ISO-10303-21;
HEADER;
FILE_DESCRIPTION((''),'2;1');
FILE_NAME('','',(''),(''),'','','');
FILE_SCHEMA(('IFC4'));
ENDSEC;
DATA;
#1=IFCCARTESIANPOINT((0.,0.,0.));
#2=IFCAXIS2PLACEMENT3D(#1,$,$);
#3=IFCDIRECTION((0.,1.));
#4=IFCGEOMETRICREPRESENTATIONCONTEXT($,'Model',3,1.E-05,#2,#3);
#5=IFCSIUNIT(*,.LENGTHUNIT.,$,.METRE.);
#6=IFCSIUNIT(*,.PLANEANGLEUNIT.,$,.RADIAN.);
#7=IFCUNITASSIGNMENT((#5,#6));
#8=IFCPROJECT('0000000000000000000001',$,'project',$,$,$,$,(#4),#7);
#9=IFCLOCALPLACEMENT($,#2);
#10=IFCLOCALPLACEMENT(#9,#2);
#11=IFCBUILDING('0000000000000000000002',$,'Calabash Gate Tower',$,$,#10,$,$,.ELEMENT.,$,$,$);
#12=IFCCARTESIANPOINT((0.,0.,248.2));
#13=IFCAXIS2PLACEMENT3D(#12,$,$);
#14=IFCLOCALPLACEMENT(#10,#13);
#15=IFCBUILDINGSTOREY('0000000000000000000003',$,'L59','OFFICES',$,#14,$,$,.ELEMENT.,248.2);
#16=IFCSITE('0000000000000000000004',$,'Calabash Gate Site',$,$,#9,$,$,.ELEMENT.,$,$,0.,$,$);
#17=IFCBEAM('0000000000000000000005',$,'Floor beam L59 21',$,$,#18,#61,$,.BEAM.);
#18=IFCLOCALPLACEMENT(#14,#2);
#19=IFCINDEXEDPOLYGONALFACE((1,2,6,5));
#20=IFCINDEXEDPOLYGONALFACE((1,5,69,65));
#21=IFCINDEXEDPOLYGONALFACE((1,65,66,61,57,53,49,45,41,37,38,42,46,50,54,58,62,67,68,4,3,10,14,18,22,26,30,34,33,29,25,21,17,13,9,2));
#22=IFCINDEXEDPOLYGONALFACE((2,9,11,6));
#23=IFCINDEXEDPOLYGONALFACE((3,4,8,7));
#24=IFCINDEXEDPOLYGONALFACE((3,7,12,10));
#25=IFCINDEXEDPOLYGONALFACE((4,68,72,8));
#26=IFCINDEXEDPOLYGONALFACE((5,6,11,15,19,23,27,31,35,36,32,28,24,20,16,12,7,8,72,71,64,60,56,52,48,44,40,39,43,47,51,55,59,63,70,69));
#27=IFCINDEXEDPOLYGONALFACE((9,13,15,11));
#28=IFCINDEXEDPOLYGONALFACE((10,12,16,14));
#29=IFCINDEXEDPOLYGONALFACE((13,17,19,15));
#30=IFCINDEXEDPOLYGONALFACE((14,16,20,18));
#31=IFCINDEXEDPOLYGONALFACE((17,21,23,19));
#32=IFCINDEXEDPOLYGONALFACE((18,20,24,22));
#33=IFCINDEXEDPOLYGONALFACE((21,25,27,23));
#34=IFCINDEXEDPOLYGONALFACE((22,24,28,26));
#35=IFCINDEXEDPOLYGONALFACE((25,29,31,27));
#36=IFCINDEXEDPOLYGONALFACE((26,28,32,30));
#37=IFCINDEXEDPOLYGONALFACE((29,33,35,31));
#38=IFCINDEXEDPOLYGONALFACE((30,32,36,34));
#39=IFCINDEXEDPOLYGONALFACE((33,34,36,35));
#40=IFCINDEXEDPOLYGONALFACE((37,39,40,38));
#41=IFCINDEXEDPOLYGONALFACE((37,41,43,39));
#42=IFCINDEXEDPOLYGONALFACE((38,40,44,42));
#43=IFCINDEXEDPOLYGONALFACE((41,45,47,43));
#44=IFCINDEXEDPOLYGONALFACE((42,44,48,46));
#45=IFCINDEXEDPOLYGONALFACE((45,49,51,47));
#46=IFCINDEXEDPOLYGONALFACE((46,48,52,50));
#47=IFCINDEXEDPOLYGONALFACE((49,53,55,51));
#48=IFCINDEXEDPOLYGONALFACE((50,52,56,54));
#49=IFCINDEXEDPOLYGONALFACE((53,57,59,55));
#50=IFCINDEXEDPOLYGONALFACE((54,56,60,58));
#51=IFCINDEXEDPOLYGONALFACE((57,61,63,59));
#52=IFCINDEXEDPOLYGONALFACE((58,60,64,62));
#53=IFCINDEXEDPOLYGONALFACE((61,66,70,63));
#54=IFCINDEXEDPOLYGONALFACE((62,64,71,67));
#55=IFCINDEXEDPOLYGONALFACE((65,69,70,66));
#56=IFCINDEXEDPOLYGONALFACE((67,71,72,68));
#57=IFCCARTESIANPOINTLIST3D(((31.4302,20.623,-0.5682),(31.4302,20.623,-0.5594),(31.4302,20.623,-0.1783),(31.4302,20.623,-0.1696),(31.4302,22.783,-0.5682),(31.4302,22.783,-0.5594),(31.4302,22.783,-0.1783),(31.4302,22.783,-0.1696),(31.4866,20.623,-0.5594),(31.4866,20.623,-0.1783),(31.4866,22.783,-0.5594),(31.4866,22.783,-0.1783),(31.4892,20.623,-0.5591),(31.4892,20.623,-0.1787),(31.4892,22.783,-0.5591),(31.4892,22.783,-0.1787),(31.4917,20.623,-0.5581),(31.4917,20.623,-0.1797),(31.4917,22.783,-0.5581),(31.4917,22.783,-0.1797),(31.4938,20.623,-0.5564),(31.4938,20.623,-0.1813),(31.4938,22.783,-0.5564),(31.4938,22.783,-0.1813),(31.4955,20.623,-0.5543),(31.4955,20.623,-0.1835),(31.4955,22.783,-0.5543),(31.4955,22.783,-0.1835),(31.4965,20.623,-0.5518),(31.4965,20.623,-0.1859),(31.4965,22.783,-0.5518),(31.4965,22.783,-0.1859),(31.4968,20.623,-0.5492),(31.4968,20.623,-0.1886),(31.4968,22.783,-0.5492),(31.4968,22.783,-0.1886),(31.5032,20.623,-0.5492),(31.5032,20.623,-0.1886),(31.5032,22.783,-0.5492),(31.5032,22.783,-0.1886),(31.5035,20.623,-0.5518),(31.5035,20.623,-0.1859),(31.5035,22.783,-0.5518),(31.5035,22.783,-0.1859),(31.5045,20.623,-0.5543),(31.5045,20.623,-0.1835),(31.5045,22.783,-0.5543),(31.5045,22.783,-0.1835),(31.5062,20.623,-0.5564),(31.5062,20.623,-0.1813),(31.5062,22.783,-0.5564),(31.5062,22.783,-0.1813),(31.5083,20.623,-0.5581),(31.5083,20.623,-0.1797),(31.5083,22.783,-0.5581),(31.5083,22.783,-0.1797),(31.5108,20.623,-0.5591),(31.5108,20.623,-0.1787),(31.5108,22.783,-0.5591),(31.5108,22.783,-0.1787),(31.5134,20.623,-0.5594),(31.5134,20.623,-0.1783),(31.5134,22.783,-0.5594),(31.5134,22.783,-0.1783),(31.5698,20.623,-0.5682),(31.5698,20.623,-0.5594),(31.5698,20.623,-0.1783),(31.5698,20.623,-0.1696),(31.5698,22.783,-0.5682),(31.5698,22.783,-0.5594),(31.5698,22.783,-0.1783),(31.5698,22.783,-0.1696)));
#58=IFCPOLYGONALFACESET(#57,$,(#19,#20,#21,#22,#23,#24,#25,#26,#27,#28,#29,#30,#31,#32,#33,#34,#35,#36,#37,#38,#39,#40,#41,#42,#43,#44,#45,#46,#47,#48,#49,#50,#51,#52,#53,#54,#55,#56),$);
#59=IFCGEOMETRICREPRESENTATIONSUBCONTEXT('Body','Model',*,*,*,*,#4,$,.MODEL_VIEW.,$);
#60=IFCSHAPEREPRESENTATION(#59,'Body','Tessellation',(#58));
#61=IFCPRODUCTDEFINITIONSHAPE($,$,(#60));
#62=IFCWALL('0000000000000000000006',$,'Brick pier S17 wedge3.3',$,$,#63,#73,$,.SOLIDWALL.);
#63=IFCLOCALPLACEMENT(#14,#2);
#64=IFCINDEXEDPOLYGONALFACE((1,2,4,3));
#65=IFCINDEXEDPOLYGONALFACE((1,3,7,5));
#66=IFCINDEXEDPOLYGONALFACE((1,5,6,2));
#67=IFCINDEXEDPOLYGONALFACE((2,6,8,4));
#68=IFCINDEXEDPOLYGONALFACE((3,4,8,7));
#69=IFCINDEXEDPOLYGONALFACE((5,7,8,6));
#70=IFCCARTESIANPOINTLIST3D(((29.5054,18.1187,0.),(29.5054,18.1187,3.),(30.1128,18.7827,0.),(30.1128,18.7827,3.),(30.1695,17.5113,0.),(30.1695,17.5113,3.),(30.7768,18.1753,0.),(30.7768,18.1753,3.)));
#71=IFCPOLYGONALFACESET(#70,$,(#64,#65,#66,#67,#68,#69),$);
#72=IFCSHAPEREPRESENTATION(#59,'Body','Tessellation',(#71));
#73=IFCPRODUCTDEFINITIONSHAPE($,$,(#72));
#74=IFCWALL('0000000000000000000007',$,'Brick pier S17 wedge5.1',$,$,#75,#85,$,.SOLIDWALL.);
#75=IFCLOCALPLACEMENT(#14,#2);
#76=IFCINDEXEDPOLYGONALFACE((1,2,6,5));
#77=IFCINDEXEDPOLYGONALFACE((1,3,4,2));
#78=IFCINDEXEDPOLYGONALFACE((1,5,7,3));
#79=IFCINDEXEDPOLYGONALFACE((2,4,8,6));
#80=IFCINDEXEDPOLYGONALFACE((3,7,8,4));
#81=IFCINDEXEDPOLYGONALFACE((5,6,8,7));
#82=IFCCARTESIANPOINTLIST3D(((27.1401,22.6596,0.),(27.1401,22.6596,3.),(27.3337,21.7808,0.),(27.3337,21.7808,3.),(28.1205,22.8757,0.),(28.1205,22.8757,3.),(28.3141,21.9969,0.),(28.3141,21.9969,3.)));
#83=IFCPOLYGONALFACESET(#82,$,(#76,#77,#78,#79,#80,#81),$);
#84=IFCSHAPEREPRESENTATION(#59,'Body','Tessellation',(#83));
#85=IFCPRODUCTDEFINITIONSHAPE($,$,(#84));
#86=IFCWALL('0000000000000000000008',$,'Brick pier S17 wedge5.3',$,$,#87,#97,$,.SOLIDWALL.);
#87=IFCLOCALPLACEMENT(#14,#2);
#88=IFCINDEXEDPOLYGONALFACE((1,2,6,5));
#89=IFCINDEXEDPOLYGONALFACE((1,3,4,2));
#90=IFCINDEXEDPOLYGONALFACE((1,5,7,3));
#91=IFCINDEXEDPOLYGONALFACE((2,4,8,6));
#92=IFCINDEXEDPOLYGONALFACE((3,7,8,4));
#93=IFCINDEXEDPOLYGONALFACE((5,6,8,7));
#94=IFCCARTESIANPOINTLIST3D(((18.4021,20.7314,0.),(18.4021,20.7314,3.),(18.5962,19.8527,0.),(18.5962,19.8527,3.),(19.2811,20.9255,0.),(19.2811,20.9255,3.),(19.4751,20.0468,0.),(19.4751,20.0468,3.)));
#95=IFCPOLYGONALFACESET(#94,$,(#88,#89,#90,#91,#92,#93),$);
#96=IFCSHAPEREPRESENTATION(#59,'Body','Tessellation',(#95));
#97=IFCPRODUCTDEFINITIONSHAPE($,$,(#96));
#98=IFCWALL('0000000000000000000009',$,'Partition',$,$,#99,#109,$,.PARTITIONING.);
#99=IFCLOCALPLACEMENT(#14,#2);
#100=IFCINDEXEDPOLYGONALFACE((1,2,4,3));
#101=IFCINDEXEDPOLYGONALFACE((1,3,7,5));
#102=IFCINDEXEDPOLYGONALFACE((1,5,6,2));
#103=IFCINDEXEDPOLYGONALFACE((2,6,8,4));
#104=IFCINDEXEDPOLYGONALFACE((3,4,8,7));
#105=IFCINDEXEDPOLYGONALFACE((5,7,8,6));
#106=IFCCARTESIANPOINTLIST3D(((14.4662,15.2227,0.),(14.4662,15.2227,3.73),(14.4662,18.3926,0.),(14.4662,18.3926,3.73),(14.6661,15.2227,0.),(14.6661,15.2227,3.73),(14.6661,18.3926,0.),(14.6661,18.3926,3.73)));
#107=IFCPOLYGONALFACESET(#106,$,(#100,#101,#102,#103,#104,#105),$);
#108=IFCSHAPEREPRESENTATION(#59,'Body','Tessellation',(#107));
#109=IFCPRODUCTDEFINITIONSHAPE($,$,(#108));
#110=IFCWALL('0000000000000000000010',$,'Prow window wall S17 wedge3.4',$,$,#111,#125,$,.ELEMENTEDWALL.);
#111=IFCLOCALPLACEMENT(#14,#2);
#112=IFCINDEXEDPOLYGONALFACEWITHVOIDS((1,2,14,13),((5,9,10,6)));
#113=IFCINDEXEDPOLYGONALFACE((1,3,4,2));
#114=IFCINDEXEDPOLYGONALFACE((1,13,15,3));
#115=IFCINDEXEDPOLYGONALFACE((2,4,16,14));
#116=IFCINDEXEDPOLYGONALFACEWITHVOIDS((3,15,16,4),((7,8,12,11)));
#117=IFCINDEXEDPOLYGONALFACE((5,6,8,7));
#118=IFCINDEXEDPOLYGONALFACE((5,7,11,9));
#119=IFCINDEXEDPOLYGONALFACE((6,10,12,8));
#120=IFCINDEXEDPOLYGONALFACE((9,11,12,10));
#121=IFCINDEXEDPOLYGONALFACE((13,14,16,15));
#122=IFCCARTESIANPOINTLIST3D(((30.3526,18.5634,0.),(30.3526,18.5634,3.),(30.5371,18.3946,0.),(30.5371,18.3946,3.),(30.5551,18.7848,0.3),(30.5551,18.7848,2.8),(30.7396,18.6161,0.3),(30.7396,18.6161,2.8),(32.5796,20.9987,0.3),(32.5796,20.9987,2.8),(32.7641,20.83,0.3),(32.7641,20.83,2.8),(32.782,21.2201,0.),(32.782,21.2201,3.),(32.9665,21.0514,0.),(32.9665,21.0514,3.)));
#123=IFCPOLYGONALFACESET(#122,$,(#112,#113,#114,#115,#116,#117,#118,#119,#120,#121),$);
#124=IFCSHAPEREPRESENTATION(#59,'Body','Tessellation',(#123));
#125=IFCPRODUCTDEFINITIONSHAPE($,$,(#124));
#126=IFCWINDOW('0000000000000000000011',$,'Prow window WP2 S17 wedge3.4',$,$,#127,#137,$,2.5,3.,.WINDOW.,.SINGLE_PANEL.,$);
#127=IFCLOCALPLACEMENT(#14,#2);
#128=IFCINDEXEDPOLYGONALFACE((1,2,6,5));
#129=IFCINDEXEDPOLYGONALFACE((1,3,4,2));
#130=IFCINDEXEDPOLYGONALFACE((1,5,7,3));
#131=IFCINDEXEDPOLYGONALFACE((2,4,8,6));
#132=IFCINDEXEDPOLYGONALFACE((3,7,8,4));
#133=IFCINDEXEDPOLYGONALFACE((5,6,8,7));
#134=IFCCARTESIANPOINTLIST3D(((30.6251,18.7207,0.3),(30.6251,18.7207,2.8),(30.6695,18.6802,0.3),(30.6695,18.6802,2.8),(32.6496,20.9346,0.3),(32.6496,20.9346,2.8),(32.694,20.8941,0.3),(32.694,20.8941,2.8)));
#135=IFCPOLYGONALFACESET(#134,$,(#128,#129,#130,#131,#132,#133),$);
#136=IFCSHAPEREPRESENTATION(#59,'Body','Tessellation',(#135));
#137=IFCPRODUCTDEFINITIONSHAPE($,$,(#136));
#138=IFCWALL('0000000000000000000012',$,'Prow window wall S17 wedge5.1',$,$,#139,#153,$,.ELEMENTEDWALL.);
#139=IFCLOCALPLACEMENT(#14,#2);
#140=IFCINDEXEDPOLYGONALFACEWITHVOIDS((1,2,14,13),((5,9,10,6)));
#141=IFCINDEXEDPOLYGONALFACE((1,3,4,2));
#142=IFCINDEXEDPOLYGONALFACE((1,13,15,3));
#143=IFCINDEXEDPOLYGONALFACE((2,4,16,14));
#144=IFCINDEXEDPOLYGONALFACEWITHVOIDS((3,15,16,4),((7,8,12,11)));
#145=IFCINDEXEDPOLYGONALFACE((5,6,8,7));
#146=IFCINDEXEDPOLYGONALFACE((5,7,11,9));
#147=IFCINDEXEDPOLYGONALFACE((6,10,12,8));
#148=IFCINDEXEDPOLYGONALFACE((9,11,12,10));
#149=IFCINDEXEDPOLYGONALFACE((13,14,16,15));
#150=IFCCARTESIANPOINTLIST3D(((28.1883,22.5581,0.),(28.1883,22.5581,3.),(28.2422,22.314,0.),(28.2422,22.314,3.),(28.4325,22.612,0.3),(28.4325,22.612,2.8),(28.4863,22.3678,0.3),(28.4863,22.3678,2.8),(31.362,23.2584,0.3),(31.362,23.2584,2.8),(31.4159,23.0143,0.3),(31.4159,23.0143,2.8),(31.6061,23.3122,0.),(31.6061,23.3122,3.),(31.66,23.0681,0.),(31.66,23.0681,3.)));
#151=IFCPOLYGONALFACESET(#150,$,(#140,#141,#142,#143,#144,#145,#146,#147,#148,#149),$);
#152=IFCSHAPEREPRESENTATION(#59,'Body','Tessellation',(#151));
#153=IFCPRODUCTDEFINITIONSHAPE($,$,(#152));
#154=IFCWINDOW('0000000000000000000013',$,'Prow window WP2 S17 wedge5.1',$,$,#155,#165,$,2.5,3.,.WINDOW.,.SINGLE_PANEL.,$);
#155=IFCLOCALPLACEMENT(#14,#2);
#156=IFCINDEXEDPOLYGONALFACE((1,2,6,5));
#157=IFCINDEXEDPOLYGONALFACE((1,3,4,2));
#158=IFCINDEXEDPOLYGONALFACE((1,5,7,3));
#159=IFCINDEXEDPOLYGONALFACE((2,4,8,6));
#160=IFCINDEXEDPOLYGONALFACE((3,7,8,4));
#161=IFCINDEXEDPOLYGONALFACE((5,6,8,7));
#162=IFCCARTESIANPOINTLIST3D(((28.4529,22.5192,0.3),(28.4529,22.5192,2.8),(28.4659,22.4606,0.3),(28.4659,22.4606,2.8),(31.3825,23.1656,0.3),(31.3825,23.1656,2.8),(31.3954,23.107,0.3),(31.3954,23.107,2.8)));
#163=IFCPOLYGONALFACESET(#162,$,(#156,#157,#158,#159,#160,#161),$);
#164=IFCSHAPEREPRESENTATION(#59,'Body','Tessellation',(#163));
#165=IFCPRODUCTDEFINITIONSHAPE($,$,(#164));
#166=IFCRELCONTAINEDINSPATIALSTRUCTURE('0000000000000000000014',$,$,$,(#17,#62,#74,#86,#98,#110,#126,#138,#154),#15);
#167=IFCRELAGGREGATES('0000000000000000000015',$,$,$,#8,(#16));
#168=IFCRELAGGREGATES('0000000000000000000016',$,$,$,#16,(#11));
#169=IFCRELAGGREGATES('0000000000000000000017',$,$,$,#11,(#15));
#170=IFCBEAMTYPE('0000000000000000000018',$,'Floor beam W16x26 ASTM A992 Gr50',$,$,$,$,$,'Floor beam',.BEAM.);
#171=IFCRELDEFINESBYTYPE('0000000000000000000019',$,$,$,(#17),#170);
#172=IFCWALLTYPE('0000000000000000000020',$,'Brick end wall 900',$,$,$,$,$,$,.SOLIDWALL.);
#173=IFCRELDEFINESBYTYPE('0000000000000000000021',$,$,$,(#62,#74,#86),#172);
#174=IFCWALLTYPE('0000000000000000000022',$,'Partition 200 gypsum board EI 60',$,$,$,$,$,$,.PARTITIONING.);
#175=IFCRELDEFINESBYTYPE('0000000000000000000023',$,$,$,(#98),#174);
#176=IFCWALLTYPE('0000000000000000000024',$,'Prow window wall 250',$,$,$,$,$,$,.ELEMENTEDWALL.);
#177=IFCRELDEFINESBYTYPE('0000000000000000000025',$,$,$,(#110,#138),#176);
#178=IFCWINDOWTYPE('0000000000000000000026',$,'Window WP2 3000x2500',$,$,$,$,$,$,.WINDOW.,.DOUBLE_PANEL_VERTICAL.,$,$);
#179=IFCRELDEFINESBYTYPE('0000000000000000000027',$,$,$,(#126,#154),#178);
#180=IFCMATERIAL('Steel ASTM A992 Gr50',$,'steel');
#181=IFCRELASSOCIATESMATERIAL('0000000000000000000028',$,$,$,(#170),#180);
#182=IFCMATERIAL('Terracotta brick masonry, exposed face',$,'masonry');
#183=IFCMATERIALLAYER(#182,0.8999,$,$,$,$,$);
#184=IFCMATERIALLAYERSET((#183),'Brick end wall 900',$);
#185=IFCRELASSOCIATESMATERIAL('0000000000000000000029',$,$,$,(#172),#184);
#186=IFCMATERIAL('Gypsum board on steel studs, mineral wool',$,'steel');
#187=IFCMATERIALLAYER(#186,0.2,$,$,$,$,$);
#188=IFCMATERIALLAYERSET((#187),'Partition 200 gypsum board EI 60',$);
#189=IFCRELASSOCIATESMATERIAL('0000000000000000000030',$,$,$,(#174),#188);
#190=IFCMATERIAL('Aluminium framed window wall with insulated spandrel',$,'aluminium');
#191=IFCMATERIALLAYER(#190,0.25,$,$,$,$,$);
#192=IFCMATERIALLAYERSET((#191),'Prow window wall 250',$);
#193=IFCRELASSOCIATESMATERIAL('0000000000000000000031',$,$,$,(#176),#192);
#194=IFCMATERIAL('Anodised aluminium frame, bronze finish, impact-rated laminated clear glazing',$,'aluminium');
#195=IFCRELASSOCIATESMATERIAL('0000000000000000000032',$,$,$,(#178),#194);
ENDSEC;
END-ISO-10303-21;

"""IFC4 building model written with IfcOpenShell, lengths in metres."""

from ifc_helpers import new_model, si_unit, direction, frame, frame_2d, origin, origin_2d, place, context, subcontext, project, spatial, rectangle, i_section, extrude, material, layer, layer_set, material_profile, profile_set, type_object, element, fill, save


model = new_model("IFC4")

# Units and contexts
model_context = context("Model", 3, precision=1e-05, world=origin(), true_north=direction((0.0, 1.0)))
body_context = subcontext(model_context, "Body", "Model", "MODEL_VIEW")
ifc_project = project(units=[si_unit("LENGTHUNIT", "METRE"), si_unit("PLANEANGLEUNIT", "RADIAN")], contexts=[model_context])

# Site, building, storey
site_placement = place(None, origin())
site = spatial("IfcSite", under=ifc_project, at=site_placement, Name="Calabash Gate Site", CompositionType="ELEMENT", RefElevation=0.0)
building_placement = place(site_placement, origin())
building = spatial("IfcBuilding", under=site, at=building_placement, Name="Calabash Gate Tower", CompositionType="ELEMENT")
storey_placement = place(building_placement, frame((0.0, 0.0, 248.2)))
storey = spatial("IfcBuildingStorey", under=building, at=storey_placement, Name="L59", Description="OFFICES", CompositionType="ELEMENT", Elevation=248.2)

# Beam
ifc_material_1 = material(Name="Steel ASTM A992 Gr50", Category="steel")
ifc_material_profile_1 = material_profile(ifc_material_1, i_section(OverallWidth=0.1396, OverallDepth=0.3987, WebThickness=0.0063, FlangeThickness=0.0088, FilletRadius=0.0103, at=origin_2d()))
ifc_profile_set_1 = profile_set([ifc_material_profile_1], Name="Steel ASTM A992 Gr50")
beam_type_1 = type_object("IfcBeamType", Name="Floor beam W16x26 ASTM A992 Gr50", ElementType="Floor beam", PredefinedType="BEAM", material=ifc_profile_set_1)
beam_1_placement = place(storey_placement, frame((31.5, 20.623, -0.3689), z_axis=(0.0, 1.0, 0.0), x_axis=(-1.0, 0.0, 0.0)))
element("IfcBeam", 1, at=beam_1_placement, inside=storey, type_object=beam_type_1, Name="Floor beam L59 21", PredefinedType="BEAM", context=body_context, shape_type="SweptSolid", body=[
    extrude(i_section(OverallWidth=0.1396, OverallDepth=0.3987, WebThickness=0.0063, FlangeThickness=0.0088, FilletRadius=0.0103, at=origin_2d()), origin(), (0.0, 0.0, 1.0), 2.1599),
])

# Walls
ifc_material_2 = material(Name="Terracotta brick masonry, exposed face", Category="masonry")
ifc_layer_1 = layer(ifc_material_2, 0.8999)
ifc_layer_set_1 = layer_set([ifc_layer_1], Name="Brick end wall 900")
wall_type_1 = type_object("IfcWallType", Name="Brick end wall 900", PredefinedType="SOLIDWALL", material=ifc_layer_set_1)
wall_1_placement = place(storey_placement, frame((30.4448, 18.479, 0.0), z_axis=(0.0, 0.0, 1.0), x_axis=(-0.674938, -0.737874, 0.0)))
element("IfcWall", 2, at=wall_1_placement, inside=storey, type_object=wall_type_1, Name="Brick pier S17 wedge3.3", PredefinedType="SOLIDWALL", context=body_context, shape_type="SweptSolid", body=[
    extrude(rectangle(XDim=0.8999, YDim=0.8999, at=frame_2d((0.45, 0.0))), origin(), (0.0, 0.0, 1.0), 3.0),
])
wall_2_placement = place(storey_placement, frame((28.2173, 22.4363, 0.0), z_axis=(0.0, 0.0, 1.0), x_axis=(-0.976569, -0.215205, 0.0)))
element("IfcWall", 3, at=wall_2_placement, inside=storey, type_object=wall_type_1, Name="Brick pier S17 wedge5.1", PredefinedType="SOLIDWALL", context=body_context, shape_type="SweptSolid", body=[
    extrude(rectangle(XDim=1.0039, YDim=0.8999, at=frame_2d((0.502, 0.0))), origin(), (0.0, 0.0, 1.0), 3.0),
])
wall_3_placement = place(storey_placement, frame((18.499, 20.292, 0.0), z_axis=(0.0, 0.0, 1.0), x_axis=(0.976473, 0.215638, 0.0)))
element("IfcWall", 4, at=wall_3_placement, inside=storey, type_object=wall_type_1, Name="Brick pier S17 wedge5.3", PredefinedType="SOLIDWALL", context=body_context, shape_type="SweptSolid", body=[
    extrude(rectangle(XDim=0.9001, YDim=0.8999, at=frame_2d((0.4502, 0.0))), origin(), (0.0, 0.0, 1.0), 3.0),
])
ifc_material_3 = material(Name="Gypsum board on steel studs, mineral wool", Category="steel")
ifc_layer_2 = layer(ifc_material_3, 0.2)
ifc_layer_set_2 = layer_set([ifc_layer_2], Name="Partition 200 gypsum board EI 60")
wall_type_2 = type_object("IfcWallType", Name="Partition 200 gypsum board EI 60", PredefinedType="PARTITIONING", material=ifc_layer_set_2)
wall_4_placement = place(storey_placement, frame((14.5662, 18.3926, 0.0), z_axis=(0.0, 0.0, 1.0), x_axis=(0.0, -1.0, 0.0)))
element("IfcWall", 5, at=wall_4_placement, inside=storey, type_object=wall_type_2, Name="Partition", PredefinedType="PARTITIONING", context=body_context, shape_type="SweptSolid", body=[
    extrude(rectangle(XDim=3.1699, YDim=0.2, at=frame_2d((1.585, 0.0))), origin(), (0.0, 0.0, 1.0), 3.73),
])

# Walls, openings, windows
ifc_material_4 = material(Name="Aluminium framed window wall with insulated spandrel", Category="aluminium")
ifc_layer_3 = layer(ifc_material_4, 0.25)
ifc_layer_set_3 = layer_set([ifc_layer_3], Name="Prow window wall 250")
wall_type_3 = type_object("IfcWallType", Name="Prow window wall 250", PredefinedType="ELEMENTEDWALL", material=ifc_layer_set_3)
wall_5_placement = place(storey_placement, frame((30.4448, 18.479, 0.0), z_axis=(0.0, 0.0, 1.0), x_axis=(0.674834, 0.73797, 0.0)))
wall_5 = element("IfcWall", 6, at=wall_5_placement, inside=storey, type_object=wall_type_3, Name="Prow window wall S17 wedge3.4", PredefinedType="ELEMENTEDWALL", context=body_context, shape_type="SweptSolid", body=[
    extrude(rectangle(XDim=3.6001, YDim=0.25, at=frame_2d((1.8, 0.0))), origin(), (0.0, 0.0, 1.0), 3.0),
])
opening_1_placement = place(wall_5_placement, frame((0.3, 0.0, 0.3)))
opening_1 = element("IfcOpeningElement", 7, at=opening_1_placement, cuts=wall_5, PredefinedType="OPENING", context=body_context, shape_type="SweptSolid", body=[
    extrude(rectangle(XDim=3.0, YDim=2.5, at=frame_2d((1.5, 1.25))), frame((0.0, 0.135, 0.0), z_axis=(0.0, -1.0, 0.0), x_axis=(1.0, 0.0, 0.0)), (0.0, 0.0, 1.0), 0.27),
])
ifc_material_5 = material(Name="Anodised aluminium frame, bronze finish, impact-rated laminated clear glazing", Category="aluminium")
window_type = type_object("IfcWindowType", Name="Window WP2 3000x2500", PartitioningType="DOUBLE_PANEL_VERTICAL", PredefinedType="WINDOW", material=ifc_material_5)
window_1_placement = place(opening_1_placement, origin())
window_1 = element("IfcWindow", 8, at=window_1_placement, inside=storey, type_object=window_type, Name="Prow window WP2 S17 wedge3.4", OverallHeight=2.5, OverallWidth=3.0, PartitioningType="SINGLE_PANEL", PredefinedType="WINDOW", context=body_context, shape_type="SweptSolid", body=[
    extrude(rectangle(XDim=3.0, YDim=2.5, at=frame_2d((1.5, 1.25))), frame((0.0, 0.03, 0.0), z_axis=(0.0, -1.0, 0.0), x_axis=(1.0, 0.0, 0.0)), (0.0, 0.0, 1.0), 0.0601),
])
fill(opening_1, window_1)
wall_6_placement = place(storey_placement, frame((31.6331, 23.1902, 0.0), z_axis=(0.0, 0.0, 1.0), x_axis=(-0.976509, -0.215475, 0.0)))
wall_6 = element("IfcWall", 9, at=wall_6_placement, inside=storey, type_object=wall_type_3, Name="Prow window wall S17 wedge5.1", PredefinedType="ELEMENTEDWALL", context=body_context, shape_type="SweptSolid", body=[
    extrude(rectangle(XDim=3.5, YDim=0.25, at=frame_2d((1.75, 0.0))), origin(), (0.0, 0.0, 1.0), 3.0),
])
opening_2_placement = place(wall_6_placement, frame((0.25, 0.0, 0.3)))
opening_2 = element("IfcOpeningElement", 10, at=opening_2_placement, cuts=wall_6, PredefinedType="OPENING", context=body_context, shape_type="SweptSolid", body=[
    extrude(rectangle(XDim=3.0, YDim=2.5, at=frame_2d((1.5, 1.25))), frame((0.0, 0.135, 0.0), z_axis=(0.0, -1.0, 0.0), x_axis=(1.0, 0.0, 0.0)), (0.0, 0.0, 1.0), 0.27),
])
window_2_placement = place(opening_2_placement, origin())
window_2 = element("IfcWindow", 11, at=window_2_placement, inside=storey, type_object=window_type, Name="Prow window WP2 S17 wedge5.1", OverallHeight=2.5, OverallWidth=3.0, PartitioningType="SINGLE_PANEL", PredefinedType="WINDOW", context=body_context, shape_type="SweptSolid", body=[
    extrude(rectangle(XDim=3.0, YDim=2.5, at=frame_2d((1.5, 1.25))), frame((0.0, 0.03, 0.0), z_axis=(0.0, -1.0, 0.0), x_axis=(1.0, 0.0, 0.0)), (0.0, 0.0, 1.0), 0.0601),
])
fill(opening_2, window_2)

save(model, "model.ifc")
